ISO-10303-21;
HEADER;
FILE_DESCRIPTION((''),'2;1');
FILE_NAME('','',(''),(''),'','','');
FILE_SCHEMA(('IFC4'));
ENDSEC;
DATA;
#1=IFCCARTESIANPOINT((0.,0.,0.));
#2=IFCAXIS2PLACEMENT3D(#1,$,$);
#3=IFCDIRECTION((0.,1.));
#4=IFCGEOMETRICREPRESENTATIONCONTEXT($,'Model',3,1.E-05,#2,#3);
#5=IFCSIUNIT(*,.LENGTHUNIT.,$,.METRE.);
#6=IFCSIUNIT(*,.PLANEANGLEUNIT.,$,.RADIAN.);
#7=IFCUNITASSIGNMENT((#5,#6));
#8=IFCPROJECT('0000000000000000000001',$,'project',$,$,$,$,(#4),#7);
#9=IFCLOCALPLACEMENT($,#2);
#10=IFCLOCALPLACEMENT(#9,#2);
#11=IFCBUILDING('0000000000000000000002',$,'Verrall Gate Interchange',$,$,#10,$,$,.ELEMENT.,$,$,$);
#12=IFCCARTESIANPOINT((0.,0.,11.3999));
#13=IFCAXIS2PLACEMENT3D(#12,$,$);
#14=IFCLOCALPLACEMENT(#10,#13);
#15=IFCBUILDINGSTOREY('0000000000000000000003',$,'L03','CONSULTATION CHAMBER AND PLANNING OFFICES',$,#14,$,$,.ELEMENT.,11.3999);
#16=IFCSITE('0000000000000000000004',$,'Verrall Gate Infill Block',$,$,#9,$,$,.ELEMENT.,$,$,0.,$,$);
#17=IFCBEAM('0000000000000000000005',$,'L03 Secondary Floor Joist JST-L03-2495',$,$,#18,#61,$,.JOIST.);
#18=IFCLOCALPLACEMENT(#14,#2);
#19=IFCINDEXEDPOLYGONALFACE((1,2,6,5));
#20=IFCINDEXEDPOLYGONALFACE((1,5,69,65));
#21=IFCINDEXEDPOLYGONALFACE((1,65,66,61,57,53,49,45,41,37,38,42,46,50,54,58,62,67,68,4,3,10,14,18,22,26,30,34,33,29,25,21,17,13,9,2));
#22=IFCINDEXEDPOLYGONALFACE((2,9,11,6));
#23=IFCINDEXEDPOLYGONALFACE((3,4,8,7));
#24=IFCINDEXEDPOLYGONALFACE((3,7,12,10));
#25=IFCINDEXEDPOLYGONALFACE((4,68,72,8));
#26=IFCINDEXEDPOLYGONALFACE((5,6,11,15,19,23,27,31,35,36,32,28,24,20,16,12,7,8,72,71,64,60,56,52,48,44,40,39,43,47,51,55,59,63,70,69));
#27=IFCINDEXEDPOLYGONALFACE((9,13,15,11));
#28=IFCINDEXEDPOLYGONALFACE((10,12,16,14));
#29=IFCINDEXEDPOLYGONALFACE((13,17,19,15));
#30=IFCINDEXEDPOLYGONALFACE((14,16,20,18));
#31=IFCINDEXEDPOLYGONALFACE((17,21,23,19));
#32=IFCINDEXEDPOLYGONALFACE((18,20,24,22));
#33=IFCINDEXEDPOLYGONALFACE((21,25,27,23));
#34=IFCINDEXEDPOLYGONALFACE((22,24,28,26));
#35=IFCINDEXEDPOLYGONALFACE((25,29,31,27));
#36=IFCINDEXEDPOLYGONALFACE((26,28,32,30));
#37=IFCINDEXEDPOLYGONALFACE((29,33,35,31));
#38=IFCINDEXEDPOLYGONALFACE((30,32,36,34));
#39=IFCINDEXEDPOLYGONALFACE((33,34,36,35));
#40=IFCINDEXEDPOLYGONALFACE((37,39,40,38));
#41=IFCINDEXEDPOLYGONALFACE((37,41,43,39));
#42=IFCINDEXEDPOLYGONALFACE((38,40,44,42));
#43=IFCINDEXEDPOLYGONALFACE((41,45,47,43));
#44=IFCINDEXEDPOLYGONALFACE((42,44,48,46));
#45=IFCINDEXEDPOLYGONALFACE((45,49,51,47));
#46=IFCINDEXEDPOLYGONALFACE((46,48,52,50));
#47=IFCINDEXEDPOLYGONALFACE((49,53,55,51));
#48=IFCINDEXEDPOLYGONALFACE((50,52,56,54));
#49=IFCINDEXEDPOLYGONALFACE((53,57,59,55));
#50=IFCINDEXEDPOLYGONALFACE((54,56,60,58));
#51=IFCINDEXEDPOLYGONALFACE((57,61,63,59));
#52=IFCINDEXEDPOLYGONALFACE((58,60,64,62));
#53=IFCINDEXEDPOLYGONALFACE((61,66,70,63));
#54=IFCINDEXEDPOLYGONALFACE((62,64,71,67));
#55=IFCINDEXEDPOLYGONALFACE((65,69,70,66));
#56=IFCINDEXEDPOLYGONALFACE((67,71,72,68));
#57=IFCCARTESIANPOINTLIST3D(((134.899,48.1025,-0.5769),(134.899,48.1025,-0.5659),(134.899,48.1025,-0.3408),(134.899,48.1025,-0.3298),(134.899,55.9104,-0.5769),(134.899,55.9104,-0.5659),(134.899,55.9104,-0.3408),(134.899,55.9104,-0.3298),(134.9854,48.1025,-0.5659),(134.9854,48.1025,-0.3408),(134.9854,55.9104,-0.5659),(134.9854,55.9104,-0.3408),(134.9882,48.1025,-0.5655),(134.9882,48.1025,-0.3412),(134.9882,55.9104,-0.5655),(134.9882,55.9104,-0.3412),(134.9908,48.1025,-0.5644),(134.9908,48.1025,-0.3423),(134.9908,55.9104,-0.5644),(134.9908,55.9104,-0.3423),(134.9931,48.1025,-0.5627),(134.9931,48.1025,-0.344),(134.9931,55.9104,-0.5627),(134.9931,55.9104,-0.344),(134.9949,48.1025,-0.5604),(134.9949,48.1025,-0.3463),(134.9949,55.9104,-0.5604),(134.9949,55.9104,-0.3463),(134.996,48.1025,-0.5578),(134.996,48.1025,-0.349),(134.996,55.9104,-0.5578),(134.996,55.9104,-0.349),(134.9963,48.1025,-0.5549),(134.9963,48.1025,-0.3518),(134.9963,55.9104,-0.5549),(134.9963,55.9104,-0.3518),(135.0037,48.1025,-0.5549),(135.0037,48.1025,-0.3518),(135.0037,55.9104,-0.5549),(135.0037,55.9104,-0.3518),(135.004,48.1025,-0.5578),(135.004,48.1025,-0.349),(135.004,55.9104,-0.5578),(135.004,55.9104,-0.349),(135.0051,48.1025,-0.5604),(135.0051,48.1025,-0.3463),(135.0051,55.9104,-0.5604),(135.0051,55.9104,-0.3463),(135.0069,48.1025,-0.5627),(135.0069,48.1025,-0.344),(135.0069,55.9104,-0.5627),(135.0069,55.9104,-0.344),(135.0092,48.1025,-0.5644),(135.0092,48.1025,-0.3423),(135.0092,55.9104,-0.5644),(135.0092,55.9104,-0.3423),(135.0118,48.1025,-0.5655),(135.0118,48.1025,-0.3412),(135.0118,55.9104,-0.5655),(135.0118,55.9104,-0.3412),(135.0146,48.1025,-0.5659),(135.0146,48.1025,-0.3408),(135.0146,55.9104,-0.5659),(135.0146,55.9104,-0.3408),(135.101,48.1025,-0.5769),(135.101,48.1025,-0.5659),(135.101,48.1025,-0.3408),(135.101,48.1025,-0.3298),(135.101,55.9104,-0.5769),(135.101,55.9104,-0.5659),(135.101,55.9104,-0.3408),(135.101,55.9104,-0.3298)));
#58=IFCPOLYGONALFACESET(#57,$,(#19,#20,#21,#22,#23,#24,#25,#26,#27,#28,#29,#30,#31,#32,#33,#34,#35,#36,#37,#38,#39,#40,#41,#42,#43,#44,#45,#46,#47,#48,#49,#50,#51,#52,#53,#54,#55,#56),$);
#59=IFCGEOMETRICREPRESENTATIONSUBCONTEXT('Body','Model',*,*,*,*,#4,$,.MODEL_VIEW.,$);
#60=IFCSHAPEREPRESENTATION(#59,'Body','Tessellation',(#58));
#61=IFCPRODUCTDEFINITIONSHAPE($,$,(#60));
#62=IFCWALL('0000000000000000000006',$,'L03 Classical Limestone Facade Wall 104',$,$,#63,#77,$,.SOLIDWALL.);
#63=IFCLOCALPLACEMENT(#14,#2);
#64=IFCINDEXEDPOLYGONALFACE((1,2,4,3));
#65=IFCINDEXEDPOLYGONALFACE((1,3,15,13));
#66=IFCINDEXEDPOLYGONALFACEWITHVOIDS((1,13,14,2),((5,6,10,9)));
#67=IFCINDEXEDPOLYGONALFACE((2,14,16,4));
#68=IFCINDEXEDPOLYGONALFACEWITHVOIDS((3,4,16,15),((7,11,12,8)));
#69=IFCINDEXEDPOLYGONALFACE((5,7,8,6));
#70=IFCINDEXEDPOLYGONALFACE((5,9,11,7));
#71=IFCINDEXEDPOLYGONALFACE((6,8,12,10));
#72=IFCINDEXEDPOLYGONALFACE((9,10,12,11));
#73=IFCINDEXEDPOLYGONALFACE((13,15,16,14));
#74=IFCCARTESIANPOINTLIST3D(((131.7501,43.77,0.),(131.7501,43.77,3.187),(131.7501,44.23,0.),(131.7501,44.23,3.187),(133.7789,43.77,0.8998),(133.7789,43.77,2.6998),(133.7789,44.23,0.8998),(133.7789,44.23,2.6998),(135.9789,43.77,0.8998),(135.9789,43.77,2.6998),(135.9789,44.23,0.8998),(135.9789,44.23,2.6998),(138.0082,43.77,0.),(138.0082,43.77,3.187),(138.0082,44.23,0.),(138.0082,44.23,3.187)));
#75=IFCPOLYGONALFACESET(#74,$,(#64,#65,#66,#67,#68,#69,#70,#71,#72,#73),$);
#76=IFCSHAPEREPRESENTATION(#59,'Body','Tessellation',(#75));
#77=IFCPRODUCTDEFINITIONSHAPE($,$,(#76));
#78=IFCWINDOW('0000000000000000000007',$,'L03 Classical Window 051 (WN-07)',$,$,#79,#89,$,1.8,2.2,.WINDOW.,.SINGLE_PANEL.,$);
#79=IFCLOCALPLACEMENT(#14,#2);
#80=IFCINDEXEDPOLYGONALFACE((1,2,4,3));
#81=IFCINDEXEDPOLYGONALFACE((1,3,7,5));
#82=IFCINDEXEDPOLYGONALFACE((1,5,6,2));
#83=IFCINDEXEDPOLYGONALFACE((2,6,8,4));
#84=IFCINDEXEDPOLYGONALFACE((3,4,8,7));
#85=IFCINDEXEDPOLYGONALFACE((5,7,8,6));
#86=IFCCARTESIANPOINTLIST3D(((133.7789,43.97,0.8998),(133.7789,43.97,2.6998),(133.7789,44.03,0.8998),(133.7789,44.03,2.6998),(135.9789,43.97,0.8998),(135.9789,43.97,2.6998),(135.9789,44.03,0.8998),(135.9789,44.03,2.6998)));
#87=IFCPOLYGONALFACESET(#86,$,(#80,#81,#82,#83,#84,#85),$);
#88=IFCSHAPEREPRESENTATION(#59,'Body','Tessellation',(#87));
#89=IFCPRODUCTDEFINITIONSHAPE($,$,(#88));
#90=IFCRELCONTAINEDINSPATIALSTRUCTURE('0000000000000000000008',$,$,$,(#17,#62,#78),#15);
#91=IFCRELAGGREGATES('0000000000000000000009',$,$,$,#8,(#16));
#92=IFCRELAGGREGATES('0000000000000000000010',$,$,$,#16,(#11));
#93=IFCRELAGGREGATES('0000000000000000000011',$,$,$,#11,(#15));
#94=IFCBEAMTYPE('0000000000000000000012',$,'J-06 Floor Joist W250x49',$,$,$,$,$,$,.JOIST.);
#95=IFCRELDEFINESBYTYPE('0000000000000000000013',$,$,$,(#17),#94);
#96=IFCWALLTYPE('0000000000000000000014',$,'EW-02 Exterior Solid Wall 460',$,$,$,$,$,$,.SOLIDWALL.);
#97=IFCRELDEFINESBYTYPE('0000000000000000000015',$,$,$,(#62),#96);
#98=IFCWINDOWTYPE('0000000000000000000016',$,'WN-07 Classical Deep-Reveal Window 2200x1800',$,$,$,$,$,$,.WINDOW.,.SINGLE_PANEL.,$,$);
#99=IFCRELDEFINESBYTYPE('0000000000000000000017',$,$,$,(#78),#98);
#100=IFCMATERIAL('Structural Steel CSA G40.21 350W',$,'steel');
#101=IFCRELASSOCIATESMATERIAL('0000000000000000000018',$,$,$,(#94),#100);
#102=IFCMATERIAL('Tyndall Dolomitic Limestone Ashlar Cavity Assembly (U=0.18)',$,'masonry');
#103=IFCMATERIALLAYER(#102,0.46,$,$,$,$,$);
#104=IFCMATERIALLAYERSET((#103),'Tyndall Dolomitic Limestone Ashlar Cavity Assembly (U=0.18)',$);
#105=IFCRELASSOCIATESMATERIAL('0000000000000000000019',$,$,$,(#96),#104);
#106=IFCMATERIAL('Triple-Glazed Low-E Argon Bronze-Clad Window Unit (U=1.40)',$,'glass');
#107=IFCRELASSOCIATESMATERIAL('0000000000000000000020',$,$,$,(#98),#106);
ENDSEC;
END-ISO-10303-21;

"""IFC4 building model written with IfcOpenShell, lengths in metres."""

from ifc_helpers import new_model, si_unit, direction, frame, frame_2d, origin, origin_2d, place, context, subcontext, project, spatial, rectangle, i_section, extrude, material, layer, layer_set, material_profile, profile_set, type_object, element, fill, save


model = new_model("IFC4")

# Units and contexts
model_context = context("Model", 3, precision=1e-05, world=origin(), true_north=direction((0.0, 1.0)))
body_context = subcontext(model_context, "Body", "Model", "MODEL_VIEW")
ifc_project = project(units=[si_unit("LENGTHUNIT", "METRE"), si_unit("PLANEANGLEUNIT", "RADIAN")], contexts=[model_context])

# Site, building, storey
site_placement = place(None, origin())
site = spatial("IfcSite", under=ifc_project, at=site_placement, Name="Verrall Gate Infill Block", CompositionType="ELEMENT", RefElevation=0.0)
building_placement = place(site_placement, origin())
building = spatial("IfcBuilding", under=site, at=building_placement, Name="Verrall Gate Interchange", CompositionType="ELEMENT")
storey_placement = place(building_placement, frame((0.0, 0.0, 11.3999)))
storey = spatial("IfcBuildingStorey", under=building, at=storey_placement, Name="L03", Description="CONSULTATION CHAMBER AND PLANNING OFFICES", CompositionType="ELEMENT", Elevation=11.3999)

# Beam
ifc_material_1 = material(Name="Structural Steel CSA G40.21 350W", Category="steel")
ifc_material_profile_1 = material_profile(ifc_material_1, i_section(OverallWidth=0.2019, OverallDepth=0.2471, WebThickness=0.0073, FlangeThickness=0.011, FilletRadius=0.011, at=origin_2d()), Name="W250x49")
ifc_profile_set_1 = profile_set([ifc_material_profile_1], Name="Structural Steel CSA G40.21 350W")
beam_type_1 = type_object("IfcBeamType", Name="J-06 Floor Joist W250x49", PredefinedType="JOIST", material=ifc_profile_set_1)
beam_1_placement = place(storey_placement, frame((135.0, 48.1025, -0.4534), z_axis=(0.0, 1.0, 0.0), x_axis=(-1.0, 0.0, 0.0)))
element("IfcBeam", 1, at=beam_1_placement, inside=storey, type_object=beam_type_1, Name="L03 Secondary Floor Joist JST-L03-2495", PredefinedType="JOIST", context=body_context, shape_type="SweptSolid", body=[
    extrude(i_section(OverallWidth=0.2019, OverallDepth=0.2471, WebThickness=0.0073, FlangeThickness=0.011, FilletRadius=0.011, at=origin_2d()), origin(), (0.0, 0.0, 1.0), 7.8079),
])

# Wall, opening, window
ifc_material_2 = material(Name="Tyndall Dolomitic Limestone Ashlar Cavity Assembly (U=0.18)", Category="masonry")
ifc_layer = layer(ifc_material_2, 0.46)
ifc_layer_set = layer_set([ifc_layer], Name="Tyndall Dolomitic Limestone Ashlar Cavity Assembly (U=0.18)")
wall_type = type_object("IfcWallType", Name="EW-02 Exterior Solid Wall 460", PredefinedType="SOLIDWALL", material=ifc_layer_set)
wall_placement = place(storey_placement, frame((138.0081, 44.0, 0.0), z_axis=(0.0, 0.0, 1.0), x_axis=(-1.0, 0.0, 0.0)))
wall = element("IfcWall", 2, at=wall_placement, inside=storey, type_object=wall_type, Name="L03 Classical Limestone Facade Wall 104", PredefinedType="SOLIDWALL", context=body_context, shape_type="SweptSolid", body=[
    extrude(rectangle(XDim=6.2581, YDim=0.46, at=frame_2d((3.1289, 0.0))), origin(), (0.0, 0.0, 1.0), 3.187),
])
opening_placement = place(wall_placement, frame((2.0291, 0.0, 0.8999)))
opening = element("IfcOpeningElement", 3, at=opening_placement, cuts=wall, PredefinedType="OPENING", context=body_context, shape_type="SweptSolid", body=[
    extrude(rectangle(XDim=2.2, YDim=1.8, at=frame_2d((1.1001, 0.8999))), frame((0.0, 0.2449, 0.0), z_axis=(0.0, -1.0, 0.0), x_axis=(1.0, 0.0, 0.0)), (0.0, 0.0, 1.0), 0.4897),
])
ifc_material_3 = material(Name="Triple-Glazed Low-E Argon Bronze-Clad Window Unit (U=1.40)", Category="glass")
window_type = type_object("IfcWindowType", Name="WN-07 Classical Deep-Reveal Window 2200x1800", PartitioningType="SINGLE_PANEL", PredefinedType="WINDOW", material=ifc_material_3)
window_placement = place(opening_placement, origin())
window = element("IfcWindow", 4, at=window_placement, inside=storey, type_object=window_type, Name="L03 Classical Window 051 (WN-07)", OverallHeight=1.8, OverallWidth=2.2, PartitioningType="SINGLE_PANEL", PredefinedType="WINDOW", context=body_context, shape_type="SweptSolid", body=[
    extrude(rectangle(XDim=2.2, YDim=1.8, at=frame_2d((1.1001, 0.8999))), frame((0.0, 0.03, 0.0), z_axis=(0.0, -1.0, 0.0), x_axis=(1.0, 0.0, 0.0)), (0.0, 0.0, 1.0), 0.0601),
])
fill(opening, window)

save(model, "model.ifc")
